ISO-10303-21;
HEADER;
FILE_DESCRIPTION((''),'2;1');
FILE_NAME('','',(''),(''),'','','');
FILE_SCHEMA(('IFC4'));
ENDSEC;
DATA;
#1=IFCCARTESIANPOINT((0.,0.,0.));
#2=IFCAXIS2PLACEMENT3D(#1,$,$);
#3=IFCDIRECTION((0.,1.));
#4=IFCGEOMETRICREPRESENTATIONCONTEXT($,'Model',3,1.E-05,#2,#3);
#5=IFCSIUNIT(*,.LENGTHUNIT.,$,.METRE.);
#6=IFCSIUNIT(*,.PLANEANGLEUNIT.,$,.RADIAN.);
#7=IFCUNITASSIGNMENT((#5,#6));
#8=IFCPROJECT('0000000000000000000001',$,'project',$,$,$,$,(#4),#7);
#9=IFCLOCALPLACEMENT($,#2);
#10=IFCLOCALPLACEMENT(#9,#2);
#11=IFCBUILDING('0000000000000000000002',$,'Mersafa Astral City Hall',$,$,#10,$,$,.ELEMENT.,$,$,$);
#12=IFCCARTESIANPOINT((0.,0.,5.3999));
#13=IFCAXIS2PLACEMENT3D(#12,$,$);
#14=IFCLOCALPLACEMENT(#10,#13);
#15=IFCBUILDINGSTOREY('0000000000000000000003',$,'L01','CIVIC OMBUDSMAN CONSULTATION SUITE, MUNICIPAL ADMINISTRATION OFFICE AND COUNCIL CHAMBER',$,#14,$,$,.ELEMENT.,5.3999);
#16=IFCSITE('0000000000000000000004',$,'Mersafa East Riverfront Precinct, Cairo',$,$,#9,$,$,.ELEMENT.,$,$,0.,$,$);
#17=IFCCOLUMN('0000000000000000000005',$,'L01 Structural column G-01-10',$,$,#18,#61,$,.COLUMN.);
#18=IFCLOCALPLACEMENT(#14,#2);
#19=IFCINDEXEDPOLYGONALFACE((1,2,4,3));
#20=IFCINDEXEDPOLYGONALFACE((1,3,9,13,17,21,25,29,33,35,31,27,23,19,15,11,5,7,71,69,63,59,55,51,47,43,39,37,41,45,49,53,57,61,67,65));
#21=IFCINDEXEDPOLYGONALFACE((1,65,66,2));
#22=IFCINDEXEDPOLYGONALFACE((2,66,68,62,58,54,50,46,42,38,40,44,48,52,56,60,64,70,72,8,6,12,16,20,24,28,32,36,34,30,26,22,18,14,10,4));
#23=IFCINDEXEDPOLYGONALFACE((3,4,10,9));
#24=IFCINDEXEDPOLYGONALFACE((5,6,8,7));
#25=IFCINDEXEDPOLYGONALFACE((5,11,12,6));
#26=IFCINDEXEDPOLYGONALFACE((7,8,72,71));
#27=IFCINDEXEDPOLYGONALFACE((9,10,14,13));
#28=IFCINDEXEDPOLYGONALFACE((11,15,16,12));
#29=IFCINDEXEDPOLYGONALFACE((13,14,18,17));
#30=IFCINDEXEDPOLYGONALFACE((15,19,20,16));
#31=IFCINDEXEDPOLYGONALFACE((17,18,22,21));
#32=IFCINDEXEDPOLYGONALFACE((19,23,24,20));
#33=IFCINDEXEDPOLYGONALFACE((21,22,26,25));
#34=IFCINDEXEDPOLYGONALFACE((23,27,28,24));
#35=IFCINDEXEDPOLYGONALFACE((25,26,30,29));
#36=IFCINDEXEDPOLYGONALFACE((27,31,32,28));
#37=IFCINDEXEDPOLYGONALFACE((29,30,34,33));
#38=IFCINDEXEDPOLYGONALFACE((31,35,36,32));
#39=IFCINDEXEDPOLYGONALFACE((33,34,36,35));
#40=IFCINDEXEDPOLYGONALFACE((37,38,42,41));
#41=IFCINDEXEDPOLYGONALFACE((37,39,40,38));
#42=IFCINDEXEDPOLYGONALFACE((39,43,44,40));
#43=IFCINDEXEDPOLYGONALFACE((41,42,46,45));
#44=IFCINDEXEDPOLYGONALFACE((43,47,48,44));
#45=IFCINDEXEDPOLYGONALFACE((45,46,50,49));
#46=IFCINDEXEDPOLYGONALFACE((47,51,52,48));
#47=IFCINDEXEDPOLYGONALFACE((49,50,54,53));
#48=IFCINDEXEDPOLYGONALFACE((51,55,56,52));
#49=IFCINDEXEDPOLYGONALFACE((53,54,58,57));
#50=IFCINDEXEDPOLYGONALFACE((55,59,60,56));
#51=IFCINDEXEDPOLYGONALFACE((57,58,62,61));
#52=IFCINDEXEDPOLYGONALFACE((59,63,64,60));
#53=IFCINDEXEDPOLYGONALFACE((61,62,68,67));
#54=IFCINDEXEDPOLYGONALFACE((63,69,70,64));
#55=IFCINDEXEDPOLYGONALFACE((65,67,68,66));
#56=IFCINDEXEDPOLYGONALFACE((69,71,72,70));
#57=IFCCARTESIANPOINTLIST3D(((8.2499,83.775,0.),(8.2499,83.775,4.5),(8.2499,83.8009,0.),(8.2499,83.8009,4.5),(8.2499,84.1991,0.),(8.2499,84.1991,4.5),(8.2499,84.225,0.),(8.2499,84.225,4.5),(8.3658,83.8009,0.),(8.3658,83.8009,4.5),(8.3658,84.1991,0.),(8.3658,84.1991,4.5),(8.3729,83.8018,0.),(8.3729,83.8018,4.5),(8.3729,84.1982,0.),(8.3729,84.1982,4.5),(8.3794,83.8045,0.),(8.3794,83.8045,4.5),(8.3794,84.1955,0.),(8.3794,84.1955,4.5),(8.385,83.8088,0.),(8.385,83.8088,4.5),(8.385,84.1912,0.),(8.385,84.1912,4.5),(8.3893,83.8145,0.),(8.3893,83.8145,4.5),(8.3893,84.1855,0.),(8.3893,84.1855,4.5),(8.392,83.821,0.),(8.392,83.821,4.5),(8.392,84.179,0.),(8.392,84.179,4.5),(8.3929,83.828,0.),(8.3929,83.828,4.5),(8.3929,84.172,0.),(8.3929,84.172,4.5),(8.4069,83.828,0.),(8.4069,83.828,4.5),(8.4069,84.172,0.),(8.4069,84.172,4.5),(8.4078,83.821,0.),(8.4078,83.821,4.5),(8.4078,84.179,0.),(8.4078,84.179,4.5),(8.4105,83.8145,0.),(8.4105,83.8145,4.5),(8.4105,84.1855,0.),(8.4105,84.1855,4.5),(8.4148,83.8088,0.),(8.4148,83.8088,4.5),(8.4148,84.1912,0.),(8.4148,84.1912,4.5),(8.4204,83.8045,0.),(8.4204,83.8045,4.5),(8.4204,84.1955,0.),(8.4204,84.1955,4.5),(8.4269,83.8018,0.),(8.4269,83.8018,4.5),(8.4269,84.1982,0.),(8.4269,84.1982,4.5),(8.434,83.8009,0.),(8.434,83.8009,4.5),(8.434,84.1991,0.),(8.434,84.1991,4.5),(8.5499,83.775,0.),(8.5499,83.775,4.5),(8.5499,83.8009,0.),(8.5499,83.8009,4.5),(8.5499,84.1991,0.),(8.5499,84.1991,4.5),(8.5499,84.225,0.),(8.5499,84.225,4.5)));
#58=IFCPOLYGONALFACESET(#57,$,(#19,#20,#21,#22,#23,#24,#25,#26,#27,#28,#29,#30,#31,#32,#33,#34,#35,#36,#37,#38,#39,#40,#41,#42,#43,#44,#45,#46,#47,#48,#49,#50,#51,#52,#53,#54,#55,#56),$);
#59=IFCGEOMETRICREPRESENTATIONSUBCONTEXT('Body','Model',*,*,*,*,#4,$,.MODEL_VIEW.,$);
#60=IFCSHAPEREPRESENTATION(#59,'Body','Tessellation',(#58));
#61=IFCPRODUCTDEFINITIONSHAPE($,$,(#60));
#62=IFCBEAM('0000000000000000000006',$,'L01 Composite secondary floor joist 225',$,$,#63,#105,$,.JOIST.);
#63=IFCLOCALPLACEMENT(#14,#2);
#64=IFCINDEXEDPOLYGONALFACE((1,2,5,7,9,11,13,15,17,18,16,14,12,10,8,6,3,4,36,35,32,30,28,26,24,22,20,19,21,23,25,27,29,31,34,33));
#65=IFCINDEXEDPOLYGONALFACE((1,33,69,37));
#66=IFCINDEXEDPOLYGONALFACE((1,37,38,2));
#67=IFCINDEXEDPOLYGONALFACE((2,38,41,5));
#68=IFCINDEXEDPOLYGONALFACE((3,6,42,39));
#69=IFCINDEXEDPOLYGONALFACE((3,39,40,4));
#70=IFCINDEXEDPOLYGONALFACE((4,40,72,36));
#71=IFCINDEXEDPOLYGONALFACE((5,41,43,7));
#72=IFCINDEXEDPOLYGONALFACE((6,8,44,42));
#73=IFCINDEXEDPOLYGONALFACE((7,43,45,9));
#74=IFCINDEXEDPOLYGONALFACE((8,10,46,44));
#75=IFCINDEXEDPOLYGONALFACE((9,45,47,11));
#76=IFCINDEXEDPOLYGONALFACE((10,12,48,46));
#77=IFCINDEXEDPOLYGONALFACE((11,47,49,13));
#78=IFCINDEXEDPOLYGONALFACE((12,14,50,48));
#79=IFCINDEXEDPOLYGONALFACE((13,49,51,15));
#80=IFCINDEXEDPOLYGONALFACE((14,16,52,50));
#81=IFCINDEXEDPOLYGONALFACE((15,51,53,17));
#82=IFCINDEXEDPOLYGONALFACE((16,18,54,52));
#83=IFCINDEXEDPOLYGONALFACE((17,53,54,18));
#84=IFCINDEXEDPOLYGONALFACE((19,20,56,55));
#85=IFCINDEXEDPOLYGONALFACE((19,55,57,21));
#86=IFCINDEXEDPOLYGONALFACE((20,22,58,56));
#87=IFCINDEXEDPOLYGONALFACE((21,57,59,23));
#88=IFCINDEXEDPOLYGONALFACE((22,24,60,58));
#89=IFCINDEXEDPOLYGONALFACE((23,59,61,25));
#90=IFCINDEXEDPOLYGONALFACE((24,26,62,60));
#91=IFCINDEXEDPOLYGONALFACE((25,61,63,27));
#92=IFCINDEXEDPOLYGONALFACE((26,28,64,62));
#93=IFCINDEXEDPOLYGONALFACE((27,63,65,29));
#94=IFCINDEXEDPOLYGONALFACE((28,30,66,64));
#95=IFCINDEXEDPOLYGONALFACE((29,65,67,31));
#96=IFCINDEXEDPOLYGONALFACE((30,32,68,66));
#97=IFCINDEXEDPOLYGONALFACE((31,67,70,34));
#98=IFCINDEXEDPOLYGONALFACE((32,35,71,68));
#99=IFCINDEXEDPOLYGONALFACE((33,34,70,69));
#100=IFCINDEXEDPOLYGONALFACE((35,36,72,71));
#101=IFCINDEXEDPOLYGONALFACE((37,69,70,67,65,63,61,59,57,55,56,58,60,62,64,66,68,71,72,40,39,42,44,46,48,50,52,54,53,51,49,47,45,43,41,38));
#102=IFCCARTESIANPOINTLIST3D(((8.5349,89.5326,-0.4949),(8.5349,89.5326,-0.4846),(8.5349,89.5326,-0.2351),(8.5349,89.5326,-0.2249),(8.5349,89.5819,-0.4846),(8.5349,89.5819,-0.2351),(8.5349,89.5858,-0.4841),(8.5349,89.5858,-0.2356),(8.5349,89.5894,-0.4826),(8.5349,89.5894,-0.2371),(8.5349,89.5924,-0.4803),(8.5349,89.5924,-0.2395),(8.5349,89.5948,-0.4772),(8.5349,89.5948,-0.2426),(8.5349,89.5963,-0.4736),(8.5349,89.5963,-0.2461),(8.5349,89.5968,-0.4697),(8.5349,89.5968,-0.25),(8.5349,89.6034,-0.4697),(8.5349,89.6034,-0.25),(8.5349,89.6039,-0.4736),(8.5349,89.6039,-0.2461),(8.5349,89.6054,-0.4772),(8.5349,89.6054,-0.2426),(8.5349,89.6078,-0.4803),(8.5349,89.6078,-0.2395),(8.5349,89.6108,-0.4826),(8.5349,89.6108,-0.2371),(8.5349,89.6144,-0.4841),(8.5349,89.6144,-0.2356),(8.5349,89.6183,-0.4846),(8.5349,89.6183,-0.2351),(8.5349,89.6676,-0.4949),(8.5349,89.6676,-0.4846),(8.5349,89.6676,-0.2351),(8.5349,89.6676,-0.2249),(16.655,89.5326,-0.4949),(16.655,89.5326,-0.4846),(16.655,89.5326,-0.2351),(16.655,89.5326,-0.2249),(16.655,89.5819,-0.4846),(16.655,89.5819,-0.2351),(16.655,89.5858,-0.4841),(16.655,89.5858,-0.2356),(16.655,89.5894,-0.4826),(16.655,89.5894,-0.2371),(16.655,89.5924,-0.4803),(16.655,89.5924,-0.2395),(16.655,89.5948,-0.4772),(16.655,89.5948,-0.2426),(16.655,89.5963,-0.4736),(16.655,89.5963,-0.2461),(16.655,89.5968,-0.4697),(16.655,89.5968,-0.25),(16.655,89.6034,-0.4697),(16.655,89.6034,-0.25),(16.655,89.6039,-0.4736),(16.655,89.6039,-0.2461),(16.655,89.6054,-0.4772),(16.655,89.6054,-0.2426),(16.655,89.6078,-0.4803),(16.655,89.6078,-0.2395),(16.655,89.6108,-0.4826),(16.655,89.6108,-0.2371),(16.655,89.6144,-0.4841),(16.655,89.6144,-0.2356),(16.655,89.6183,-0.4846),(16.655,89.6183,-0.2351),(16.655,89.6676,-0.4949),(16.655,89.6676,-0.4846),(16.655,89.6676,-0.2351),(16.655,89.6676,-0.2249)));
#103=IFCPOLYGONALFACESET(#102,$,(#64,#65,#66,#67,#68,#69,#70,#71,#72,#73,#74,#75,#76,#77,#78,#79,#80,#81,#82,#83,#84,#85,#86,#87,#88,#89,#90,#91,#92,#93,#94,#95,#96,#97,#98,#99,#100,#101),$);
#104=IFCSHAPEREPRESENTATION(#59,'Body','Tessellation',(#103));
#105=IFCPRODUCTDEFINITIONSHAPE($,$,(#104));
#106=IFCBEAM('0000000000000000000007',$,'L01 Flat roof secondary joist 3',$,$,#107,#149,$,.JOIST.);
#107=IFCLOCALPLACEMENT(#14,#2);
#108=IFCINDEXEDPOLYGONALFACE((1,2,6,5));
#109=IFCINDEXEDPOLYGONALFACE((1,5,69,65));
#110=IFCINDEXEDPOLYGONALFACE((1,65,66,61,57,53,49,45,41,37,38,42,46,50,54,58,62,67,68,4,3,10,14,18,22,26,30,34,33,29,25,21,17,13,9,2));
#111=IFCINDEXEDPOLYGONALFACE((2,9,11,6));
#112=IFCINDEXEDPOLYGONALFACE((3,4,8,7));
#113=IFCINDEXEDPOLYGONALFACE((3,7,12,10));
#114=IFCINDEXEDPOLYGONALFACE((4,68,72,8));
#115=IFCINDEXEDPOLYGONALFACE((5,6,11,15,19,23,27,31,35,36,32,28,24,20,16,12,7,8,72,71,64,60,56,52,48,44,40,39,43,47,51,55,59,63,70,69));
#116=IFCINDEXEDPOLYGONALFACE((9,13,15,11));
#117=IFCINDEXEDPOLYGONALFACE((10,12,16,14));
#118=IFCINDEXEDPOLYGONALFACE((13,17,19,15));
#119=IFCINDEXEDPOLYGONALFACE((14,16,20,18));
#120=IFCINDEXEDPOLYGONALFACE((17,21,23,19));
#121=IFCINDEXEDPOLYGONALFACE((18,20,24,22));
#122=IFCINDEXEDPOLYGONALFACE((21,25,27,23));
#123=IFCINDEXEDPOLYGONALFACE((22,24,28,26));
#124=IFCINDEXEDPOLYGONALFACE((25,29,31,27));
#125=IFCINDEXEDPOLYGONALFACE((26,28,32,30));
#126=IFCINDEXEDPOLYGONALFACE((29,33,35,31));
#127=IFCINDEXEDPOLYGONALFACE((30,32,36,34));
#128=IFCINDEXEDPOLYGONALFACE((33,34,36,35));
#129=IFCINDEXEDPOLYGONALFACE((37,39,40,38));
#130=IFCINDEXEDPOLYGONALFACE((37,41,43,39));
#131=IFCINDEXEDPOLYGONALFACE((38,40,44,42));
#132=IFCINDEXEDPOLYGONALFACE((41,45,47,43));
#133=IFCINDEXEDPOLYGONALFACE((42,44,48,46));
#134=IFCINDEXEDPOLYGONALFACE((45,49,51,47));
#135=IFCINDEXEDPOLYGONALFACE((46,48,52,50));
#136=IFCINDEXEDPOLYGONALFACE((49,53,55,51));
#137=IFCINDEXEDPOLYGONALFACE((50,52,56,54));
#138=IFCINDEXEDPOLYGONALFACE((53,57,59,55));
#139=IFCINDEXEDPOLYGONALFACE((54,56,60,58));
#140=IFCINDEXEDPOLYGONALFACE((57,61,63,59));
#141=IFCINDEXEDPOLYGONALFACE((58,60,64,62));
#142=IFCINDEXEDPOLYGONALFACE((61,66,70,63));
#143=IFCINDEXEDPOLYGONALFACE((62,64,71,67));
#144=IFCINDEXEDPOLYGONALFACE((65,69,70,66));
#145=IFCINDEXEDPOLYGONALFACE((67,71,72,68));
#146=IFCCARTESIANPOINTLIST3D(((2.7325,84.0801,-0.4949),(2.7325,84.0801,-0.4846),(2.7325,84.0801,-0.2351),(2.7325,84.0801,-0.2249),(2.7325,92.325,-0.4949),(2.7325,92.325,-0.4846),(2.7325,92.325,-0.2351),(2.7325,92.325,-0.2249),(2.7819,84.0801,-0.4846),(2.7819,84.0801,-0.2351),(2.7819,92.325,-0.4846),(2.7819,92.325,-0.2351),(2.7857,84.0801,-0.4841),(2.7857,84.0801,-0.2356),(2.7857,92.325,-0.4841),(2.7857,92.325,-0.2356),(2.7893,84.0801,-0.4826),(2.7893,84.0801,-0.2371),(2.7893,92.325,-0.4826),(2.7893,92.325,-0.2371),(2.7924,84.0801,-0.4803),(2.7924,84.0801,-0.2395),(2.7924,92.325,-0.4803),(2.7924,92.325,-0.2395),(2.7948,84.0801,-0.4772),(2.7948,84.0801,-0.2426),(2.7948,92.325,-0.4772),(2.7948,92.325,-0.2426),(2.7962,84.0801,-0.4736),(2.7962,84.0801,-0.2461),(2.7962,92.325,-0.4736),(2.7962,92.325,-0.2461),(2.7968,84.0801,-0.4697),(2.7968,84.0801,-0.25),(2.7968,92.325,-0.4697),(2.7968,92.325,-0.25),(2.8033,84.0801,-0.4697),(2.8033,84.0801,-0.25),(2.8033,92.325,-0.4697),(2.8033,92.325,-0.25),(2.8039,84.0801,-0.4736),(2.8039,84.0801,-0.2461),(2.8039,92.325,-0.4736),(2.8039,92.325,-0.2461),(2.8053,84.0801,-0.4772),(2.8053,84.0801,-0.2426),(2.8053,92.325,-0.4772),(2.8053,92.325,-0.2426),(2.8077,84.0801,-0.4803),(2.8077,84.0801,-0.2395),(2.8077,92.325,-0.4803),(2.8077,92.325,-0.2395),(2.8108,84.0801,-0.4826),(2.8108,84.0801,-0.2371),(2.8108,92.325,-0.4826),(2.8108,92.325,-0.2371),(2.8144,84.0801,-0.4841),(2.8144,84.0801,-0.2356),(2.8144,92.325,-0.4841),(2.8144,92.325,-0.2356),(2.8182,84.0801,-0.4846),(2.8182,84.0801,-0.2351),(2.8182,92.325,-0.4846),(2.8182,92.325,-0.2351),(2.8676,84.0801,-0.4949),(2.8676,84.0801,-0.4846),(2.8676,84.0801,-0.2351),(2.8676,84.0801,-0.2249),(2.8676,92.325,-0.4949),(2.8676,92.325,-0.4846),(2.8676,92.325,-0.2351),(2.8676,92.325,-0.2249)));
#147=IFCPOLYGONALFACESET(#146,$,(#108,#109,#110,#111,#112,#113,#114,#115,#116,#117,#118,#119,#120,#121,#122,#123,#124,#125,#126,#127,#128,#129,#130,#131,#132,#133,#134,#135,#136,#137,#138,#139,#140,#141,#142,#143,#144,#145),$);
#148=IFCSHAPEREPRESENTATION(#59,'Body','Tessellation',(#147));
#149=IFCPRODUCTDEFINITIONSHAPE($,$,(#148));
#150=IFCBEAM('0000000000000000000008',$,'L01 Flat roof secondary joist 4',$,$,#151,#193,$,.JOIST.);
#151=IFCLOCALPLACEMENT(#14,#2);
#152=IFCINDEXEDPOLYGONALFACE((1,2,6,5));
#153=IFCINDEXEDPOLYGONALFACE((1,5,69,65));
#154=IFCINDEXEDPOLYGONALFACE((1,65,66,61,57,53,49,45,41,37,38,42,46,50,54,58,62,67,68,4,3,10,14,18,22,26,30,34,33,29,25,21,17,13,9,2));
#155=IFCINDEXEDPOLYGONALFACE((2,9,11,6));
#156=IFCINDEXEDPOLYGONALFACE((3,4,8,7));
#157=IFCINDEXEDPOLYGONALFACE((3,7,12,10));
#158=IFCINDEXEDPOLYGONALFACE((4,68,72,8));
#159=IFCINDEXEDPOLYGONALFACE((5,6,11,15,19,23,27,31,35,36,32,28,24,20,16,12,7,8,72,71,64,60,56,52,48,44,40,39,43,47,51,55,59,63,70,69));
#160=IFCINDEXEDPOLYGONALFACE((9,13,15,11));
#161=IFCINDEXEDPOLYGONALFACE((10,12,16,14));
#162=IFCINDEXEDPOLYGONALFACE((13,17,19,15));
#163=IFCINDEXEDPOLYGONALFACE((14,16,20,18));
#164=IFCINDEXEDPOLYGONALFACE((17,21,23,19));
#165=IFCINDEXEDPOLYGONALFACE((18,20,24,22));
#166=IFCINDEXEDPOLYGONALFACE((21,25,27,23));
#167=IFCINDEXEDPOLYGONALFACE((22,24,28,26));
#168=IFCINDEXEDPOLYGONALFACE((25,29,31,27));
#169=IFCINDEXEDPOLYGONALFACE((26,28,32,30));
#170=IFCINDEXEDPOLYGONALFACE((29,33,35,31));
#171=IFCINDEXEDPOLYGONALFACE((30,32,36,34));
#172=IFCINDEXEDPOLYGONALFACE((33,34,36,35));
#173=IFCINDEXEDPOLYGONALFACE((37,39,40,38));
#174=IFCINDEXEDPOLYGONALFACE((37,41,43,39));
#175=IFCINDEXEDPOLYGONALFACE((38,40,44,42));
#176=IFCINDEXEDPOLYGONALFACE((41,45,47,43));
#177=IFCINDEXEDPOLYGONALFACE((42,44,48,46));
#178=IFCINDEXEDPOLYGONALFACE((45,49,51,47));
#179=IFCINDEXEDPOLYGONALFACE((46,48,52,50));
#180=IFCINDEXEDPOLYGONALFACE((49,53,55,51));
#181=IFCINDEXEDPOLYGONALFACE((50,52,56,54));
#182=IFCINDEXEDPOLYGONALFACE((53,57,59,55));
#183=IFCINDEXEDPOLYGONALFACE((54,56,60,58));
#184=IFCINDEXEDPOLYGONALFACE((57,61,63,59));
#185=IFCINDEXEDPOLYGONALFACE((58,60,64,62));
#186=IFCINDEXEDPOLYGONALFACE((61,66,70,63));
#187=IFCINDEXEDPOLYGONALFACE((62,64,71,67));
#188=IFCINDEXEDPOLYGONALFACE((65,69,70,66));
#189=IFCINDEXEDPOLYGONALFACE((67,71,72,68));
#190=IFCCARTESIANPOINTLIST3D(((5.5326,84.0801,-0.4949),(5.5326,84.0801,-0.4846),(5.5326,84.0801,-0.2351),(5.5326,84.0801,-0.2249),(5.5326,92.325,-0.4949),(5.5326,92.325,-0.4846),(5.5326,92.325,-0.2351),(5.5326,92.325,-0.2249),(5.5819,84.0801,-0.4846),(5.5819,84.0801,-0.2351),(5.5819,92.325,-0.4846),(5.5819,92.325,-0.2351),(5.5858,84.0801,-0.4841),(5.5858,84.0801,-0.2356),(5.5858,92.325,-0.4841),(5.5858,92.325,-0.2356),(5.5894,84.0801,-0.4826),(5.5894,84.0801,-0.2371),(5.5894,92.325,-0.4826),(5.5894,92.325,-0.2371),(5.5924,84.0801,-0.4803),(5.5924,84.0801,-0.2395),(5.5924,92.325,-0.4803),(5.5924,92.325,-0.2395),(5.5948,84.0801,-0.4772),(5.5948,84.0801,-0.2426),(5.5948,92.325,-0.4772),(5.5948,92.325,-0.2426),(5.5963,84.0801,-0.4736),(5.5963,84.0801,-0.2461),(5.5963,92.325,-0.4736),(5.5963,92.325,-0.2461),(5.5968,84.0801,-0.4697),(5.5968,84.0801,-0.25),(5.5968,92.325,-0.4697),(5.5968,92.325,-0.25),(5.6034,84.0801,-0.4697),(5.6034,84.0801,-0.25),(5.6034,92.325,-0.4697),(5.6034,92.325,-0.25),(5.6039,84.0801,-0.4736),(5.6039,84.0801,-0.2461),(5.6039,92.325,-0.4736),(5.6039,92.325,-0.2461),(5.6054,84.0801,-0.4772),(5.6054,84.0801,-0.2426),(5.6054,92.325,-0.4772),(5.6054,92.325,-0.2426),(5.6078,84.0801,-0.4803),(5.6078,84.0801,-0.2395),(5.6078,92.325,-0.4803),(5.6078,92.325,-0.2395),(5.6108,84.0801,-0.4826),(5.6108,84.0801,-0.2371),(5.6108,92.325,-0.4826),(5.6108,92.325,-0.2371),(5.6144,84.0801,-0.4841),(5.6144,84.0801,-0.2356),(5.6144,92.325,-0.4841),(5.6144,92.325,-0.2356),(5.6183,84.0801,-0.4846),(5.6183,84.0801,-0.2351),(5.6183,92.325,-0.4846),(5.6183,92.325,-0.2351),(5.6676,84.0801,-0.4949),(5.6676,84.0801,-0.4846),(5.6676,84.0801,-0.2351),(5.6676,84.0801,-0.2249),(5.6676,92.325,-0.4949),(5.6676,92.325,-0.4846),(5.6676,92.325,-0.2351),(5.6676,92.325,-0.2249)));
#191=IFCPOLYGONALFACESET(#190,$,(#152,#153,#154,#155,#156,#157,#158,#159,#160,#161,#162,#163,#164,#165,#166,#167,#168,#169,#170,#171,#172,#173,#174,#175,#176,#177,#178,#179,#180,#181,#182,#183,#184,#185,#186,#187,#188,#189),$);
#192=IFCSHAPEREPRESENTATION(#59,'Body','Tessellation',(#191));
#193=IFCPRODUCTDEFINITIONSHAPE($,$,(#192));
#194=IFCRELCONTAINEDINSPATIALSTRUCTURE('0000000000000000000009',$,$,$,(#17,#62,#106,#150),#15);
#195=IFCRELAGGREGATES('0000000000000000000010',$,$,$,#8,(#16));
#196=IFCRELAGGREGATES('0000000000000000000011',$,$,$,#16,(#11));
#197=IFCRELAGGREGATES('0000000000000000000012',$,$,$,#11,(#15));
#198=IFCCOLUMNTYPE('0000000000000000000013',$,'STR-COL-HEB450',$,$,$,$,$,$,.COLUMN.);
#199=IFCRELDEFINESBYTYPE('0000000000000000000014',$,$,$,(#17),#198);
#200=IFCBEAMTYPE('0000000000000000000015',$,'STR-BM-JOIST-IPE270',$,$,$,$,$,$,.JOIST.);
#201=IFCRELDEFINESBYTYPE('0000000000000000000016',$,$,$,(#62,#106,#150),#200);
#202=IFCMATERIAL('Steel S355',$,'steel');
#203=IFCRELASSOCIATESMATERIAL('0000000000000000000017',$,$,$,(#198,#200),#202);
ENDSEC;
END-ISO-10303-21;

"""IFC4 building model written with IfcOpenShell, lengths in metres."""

from ifc_helpers import new_model, si_unit, direction, frame, origin, origin_2d, place, context, subcontext, project, spatial, i_section, extrude, material, material_profile, profile_set, type_object, element, save


model = new_model("IFC4")

# Units and contexts
model_context = context("Model", 3, precision=1e-05, world=origin(), true_north=direction((0.0, 1.0)))
body_context = subcontext(model_context, "Body", "Model", "MODEL_VIEW")
ifc_project = project(units=[si_unit("LENGTHUNIT", "METRE"), si_unit("PLANEANGLEUNIT", "RADIAN")], contexts=[model_context])

# Site, building, storey
site_placement = place(None, origin())
site = spatial("IfcSite", under=ifc_project, at=site_placement, Name="Mersafa East Riverfront Precinct, Cairo", CompositionType="ELEMENT", RefElevation=0.0)
building_placement = place(site_placement, origin())
building = spatial("IfcBuilding", under=site, at=building_placement, Name="Mersafa Astral City Hall", CompositionType="ELEMENT")
storey_placement = place(building_placement, frame((0.0, 0.0, 5.3999)))
storey = spatial("IfcBuildingStorey", under=building, at=storey_placement, Name="L01", Description="CIVIC OMBUDSMAN CONSULTATION SUITE, MUNICIPAL ADMINISTRATION OFFICE AND COUNCIL CHAMBER", CompositionType="ELEMENT", Elevation=5.3999)

# Column
ifc_material_1 = material(Name="Steel S355", Category="steel")
ifc_material_profile_1 = material_profile(ifc_material_1, i_section(OverallWidth=0.3, OverallDepth=0.45, WebThickness=0.0139, FlangeThickness=0.0259, FilletRadius=0.0271, at=origin_2d()), Name="HEB 450")
ifc_profile_set_1 = profile_set([ifc_material_profile_1], Name="Steel S355")
column_type = type_object("IfcColumnType", Name="STR-COL-HEB450", PredefinedType="COLUMN", material=ifc_profile_set_1)
column_placement = place(storey_placement, frame((8.3999, 84.0, 0.0), z_axis=(0.0, 0.0, 1.0), x_axis=(1.0, 0.0, 0.0)))
element("IfcColumn", 1, at=column_placement, inside=storey, type_object=column_type, Name="L01 Structural column G-01-10", PredefinedType="COLUMN", context=body_context, shape_type="SweptSolid", body=[
    extrude(i_section(OverallWidth=0.3, OverallDepth=0.45, WebThickness=0.0139, FlangeThickness=0.0259, FilletRadius=0.0271, at=origin_2d()), origin(), (0.0, 0.0, 1.0), 4.5),
])

# Beams
ifc_material_profile_2 = material_profile(ifc_material_1, i_section(OverallWidth=0.135, OverallDepth=0.27, WebThickness=0.0066, FlangeThickness=0.0103, FilletRadius=0.0149, at=origin_2d()), Name="IPE 270")
ifc_profile_set_2 = profile_set([ifc_material_profile_2], Name="Steel S355")
beam_type_1 = type_object("IfcBeamType", Name="STR-BM-JOIST-IPE270", PredefinedType="JOIST", material=ifc_profile_set_2)
beam_1_placement = place(storey_placement, frame((8.5349, 89.6001, -0.3599), z_axis=(1.0, 0.0, 0.0), x_axis=(0.0, 1.0, 0.0)))
element("IfcBeam", 2, at=beam_1_placement, inside=storey, type_object=beam_type_1, Name="L01 Composite secondary floor joist 225", PredefinedType="JOIST", context=body_context, shape_type="SweptSolid", body=[
    extrude(i_section(OverallWidth=0.135, OverallDepth=0.27, WebThickness=0.0066, FlangeThickness=0.0103, FilletRadius=0.0149, at=origin_2d()), origin(), (0.0, 0.0, 1.0), 8.1201),
])
for number, where, z_axis, x_axis, name in (
    (3, (2.8, 84.0801, -0.3599), (0.0, 1.0, 0.0), (-1.0, 0.0, 0.0), "L01 Flat roof secondary joist 3"),
    (4, (5.6001, 84.0801, -0.3599), (0.0, 1.0, 0.0), (-1.0, 0.0, 0.0), "L01 Flat roof secondary joist 4"),
):
    element("IfcBeam", number, at=place(storey_placement, frame(where, z_axis=z_axis, x_axis=x_axis)), inside=storey, type_object=beam_type_1, Name=name, PredefinedType="JOIST", context=body_context, shape_type="SweptSolid", body=[
        extrude(i_section(OverallWidth=0.135, OverallDepth=0.27, WebThickness=0.0066, FlangeThickness=0.0103, FilletRadius=0.0149, at=origin_2d()), origin(), (0.0, 0.0, 1.0), 8.2449),
    ])

save(model, "model.ifc")
